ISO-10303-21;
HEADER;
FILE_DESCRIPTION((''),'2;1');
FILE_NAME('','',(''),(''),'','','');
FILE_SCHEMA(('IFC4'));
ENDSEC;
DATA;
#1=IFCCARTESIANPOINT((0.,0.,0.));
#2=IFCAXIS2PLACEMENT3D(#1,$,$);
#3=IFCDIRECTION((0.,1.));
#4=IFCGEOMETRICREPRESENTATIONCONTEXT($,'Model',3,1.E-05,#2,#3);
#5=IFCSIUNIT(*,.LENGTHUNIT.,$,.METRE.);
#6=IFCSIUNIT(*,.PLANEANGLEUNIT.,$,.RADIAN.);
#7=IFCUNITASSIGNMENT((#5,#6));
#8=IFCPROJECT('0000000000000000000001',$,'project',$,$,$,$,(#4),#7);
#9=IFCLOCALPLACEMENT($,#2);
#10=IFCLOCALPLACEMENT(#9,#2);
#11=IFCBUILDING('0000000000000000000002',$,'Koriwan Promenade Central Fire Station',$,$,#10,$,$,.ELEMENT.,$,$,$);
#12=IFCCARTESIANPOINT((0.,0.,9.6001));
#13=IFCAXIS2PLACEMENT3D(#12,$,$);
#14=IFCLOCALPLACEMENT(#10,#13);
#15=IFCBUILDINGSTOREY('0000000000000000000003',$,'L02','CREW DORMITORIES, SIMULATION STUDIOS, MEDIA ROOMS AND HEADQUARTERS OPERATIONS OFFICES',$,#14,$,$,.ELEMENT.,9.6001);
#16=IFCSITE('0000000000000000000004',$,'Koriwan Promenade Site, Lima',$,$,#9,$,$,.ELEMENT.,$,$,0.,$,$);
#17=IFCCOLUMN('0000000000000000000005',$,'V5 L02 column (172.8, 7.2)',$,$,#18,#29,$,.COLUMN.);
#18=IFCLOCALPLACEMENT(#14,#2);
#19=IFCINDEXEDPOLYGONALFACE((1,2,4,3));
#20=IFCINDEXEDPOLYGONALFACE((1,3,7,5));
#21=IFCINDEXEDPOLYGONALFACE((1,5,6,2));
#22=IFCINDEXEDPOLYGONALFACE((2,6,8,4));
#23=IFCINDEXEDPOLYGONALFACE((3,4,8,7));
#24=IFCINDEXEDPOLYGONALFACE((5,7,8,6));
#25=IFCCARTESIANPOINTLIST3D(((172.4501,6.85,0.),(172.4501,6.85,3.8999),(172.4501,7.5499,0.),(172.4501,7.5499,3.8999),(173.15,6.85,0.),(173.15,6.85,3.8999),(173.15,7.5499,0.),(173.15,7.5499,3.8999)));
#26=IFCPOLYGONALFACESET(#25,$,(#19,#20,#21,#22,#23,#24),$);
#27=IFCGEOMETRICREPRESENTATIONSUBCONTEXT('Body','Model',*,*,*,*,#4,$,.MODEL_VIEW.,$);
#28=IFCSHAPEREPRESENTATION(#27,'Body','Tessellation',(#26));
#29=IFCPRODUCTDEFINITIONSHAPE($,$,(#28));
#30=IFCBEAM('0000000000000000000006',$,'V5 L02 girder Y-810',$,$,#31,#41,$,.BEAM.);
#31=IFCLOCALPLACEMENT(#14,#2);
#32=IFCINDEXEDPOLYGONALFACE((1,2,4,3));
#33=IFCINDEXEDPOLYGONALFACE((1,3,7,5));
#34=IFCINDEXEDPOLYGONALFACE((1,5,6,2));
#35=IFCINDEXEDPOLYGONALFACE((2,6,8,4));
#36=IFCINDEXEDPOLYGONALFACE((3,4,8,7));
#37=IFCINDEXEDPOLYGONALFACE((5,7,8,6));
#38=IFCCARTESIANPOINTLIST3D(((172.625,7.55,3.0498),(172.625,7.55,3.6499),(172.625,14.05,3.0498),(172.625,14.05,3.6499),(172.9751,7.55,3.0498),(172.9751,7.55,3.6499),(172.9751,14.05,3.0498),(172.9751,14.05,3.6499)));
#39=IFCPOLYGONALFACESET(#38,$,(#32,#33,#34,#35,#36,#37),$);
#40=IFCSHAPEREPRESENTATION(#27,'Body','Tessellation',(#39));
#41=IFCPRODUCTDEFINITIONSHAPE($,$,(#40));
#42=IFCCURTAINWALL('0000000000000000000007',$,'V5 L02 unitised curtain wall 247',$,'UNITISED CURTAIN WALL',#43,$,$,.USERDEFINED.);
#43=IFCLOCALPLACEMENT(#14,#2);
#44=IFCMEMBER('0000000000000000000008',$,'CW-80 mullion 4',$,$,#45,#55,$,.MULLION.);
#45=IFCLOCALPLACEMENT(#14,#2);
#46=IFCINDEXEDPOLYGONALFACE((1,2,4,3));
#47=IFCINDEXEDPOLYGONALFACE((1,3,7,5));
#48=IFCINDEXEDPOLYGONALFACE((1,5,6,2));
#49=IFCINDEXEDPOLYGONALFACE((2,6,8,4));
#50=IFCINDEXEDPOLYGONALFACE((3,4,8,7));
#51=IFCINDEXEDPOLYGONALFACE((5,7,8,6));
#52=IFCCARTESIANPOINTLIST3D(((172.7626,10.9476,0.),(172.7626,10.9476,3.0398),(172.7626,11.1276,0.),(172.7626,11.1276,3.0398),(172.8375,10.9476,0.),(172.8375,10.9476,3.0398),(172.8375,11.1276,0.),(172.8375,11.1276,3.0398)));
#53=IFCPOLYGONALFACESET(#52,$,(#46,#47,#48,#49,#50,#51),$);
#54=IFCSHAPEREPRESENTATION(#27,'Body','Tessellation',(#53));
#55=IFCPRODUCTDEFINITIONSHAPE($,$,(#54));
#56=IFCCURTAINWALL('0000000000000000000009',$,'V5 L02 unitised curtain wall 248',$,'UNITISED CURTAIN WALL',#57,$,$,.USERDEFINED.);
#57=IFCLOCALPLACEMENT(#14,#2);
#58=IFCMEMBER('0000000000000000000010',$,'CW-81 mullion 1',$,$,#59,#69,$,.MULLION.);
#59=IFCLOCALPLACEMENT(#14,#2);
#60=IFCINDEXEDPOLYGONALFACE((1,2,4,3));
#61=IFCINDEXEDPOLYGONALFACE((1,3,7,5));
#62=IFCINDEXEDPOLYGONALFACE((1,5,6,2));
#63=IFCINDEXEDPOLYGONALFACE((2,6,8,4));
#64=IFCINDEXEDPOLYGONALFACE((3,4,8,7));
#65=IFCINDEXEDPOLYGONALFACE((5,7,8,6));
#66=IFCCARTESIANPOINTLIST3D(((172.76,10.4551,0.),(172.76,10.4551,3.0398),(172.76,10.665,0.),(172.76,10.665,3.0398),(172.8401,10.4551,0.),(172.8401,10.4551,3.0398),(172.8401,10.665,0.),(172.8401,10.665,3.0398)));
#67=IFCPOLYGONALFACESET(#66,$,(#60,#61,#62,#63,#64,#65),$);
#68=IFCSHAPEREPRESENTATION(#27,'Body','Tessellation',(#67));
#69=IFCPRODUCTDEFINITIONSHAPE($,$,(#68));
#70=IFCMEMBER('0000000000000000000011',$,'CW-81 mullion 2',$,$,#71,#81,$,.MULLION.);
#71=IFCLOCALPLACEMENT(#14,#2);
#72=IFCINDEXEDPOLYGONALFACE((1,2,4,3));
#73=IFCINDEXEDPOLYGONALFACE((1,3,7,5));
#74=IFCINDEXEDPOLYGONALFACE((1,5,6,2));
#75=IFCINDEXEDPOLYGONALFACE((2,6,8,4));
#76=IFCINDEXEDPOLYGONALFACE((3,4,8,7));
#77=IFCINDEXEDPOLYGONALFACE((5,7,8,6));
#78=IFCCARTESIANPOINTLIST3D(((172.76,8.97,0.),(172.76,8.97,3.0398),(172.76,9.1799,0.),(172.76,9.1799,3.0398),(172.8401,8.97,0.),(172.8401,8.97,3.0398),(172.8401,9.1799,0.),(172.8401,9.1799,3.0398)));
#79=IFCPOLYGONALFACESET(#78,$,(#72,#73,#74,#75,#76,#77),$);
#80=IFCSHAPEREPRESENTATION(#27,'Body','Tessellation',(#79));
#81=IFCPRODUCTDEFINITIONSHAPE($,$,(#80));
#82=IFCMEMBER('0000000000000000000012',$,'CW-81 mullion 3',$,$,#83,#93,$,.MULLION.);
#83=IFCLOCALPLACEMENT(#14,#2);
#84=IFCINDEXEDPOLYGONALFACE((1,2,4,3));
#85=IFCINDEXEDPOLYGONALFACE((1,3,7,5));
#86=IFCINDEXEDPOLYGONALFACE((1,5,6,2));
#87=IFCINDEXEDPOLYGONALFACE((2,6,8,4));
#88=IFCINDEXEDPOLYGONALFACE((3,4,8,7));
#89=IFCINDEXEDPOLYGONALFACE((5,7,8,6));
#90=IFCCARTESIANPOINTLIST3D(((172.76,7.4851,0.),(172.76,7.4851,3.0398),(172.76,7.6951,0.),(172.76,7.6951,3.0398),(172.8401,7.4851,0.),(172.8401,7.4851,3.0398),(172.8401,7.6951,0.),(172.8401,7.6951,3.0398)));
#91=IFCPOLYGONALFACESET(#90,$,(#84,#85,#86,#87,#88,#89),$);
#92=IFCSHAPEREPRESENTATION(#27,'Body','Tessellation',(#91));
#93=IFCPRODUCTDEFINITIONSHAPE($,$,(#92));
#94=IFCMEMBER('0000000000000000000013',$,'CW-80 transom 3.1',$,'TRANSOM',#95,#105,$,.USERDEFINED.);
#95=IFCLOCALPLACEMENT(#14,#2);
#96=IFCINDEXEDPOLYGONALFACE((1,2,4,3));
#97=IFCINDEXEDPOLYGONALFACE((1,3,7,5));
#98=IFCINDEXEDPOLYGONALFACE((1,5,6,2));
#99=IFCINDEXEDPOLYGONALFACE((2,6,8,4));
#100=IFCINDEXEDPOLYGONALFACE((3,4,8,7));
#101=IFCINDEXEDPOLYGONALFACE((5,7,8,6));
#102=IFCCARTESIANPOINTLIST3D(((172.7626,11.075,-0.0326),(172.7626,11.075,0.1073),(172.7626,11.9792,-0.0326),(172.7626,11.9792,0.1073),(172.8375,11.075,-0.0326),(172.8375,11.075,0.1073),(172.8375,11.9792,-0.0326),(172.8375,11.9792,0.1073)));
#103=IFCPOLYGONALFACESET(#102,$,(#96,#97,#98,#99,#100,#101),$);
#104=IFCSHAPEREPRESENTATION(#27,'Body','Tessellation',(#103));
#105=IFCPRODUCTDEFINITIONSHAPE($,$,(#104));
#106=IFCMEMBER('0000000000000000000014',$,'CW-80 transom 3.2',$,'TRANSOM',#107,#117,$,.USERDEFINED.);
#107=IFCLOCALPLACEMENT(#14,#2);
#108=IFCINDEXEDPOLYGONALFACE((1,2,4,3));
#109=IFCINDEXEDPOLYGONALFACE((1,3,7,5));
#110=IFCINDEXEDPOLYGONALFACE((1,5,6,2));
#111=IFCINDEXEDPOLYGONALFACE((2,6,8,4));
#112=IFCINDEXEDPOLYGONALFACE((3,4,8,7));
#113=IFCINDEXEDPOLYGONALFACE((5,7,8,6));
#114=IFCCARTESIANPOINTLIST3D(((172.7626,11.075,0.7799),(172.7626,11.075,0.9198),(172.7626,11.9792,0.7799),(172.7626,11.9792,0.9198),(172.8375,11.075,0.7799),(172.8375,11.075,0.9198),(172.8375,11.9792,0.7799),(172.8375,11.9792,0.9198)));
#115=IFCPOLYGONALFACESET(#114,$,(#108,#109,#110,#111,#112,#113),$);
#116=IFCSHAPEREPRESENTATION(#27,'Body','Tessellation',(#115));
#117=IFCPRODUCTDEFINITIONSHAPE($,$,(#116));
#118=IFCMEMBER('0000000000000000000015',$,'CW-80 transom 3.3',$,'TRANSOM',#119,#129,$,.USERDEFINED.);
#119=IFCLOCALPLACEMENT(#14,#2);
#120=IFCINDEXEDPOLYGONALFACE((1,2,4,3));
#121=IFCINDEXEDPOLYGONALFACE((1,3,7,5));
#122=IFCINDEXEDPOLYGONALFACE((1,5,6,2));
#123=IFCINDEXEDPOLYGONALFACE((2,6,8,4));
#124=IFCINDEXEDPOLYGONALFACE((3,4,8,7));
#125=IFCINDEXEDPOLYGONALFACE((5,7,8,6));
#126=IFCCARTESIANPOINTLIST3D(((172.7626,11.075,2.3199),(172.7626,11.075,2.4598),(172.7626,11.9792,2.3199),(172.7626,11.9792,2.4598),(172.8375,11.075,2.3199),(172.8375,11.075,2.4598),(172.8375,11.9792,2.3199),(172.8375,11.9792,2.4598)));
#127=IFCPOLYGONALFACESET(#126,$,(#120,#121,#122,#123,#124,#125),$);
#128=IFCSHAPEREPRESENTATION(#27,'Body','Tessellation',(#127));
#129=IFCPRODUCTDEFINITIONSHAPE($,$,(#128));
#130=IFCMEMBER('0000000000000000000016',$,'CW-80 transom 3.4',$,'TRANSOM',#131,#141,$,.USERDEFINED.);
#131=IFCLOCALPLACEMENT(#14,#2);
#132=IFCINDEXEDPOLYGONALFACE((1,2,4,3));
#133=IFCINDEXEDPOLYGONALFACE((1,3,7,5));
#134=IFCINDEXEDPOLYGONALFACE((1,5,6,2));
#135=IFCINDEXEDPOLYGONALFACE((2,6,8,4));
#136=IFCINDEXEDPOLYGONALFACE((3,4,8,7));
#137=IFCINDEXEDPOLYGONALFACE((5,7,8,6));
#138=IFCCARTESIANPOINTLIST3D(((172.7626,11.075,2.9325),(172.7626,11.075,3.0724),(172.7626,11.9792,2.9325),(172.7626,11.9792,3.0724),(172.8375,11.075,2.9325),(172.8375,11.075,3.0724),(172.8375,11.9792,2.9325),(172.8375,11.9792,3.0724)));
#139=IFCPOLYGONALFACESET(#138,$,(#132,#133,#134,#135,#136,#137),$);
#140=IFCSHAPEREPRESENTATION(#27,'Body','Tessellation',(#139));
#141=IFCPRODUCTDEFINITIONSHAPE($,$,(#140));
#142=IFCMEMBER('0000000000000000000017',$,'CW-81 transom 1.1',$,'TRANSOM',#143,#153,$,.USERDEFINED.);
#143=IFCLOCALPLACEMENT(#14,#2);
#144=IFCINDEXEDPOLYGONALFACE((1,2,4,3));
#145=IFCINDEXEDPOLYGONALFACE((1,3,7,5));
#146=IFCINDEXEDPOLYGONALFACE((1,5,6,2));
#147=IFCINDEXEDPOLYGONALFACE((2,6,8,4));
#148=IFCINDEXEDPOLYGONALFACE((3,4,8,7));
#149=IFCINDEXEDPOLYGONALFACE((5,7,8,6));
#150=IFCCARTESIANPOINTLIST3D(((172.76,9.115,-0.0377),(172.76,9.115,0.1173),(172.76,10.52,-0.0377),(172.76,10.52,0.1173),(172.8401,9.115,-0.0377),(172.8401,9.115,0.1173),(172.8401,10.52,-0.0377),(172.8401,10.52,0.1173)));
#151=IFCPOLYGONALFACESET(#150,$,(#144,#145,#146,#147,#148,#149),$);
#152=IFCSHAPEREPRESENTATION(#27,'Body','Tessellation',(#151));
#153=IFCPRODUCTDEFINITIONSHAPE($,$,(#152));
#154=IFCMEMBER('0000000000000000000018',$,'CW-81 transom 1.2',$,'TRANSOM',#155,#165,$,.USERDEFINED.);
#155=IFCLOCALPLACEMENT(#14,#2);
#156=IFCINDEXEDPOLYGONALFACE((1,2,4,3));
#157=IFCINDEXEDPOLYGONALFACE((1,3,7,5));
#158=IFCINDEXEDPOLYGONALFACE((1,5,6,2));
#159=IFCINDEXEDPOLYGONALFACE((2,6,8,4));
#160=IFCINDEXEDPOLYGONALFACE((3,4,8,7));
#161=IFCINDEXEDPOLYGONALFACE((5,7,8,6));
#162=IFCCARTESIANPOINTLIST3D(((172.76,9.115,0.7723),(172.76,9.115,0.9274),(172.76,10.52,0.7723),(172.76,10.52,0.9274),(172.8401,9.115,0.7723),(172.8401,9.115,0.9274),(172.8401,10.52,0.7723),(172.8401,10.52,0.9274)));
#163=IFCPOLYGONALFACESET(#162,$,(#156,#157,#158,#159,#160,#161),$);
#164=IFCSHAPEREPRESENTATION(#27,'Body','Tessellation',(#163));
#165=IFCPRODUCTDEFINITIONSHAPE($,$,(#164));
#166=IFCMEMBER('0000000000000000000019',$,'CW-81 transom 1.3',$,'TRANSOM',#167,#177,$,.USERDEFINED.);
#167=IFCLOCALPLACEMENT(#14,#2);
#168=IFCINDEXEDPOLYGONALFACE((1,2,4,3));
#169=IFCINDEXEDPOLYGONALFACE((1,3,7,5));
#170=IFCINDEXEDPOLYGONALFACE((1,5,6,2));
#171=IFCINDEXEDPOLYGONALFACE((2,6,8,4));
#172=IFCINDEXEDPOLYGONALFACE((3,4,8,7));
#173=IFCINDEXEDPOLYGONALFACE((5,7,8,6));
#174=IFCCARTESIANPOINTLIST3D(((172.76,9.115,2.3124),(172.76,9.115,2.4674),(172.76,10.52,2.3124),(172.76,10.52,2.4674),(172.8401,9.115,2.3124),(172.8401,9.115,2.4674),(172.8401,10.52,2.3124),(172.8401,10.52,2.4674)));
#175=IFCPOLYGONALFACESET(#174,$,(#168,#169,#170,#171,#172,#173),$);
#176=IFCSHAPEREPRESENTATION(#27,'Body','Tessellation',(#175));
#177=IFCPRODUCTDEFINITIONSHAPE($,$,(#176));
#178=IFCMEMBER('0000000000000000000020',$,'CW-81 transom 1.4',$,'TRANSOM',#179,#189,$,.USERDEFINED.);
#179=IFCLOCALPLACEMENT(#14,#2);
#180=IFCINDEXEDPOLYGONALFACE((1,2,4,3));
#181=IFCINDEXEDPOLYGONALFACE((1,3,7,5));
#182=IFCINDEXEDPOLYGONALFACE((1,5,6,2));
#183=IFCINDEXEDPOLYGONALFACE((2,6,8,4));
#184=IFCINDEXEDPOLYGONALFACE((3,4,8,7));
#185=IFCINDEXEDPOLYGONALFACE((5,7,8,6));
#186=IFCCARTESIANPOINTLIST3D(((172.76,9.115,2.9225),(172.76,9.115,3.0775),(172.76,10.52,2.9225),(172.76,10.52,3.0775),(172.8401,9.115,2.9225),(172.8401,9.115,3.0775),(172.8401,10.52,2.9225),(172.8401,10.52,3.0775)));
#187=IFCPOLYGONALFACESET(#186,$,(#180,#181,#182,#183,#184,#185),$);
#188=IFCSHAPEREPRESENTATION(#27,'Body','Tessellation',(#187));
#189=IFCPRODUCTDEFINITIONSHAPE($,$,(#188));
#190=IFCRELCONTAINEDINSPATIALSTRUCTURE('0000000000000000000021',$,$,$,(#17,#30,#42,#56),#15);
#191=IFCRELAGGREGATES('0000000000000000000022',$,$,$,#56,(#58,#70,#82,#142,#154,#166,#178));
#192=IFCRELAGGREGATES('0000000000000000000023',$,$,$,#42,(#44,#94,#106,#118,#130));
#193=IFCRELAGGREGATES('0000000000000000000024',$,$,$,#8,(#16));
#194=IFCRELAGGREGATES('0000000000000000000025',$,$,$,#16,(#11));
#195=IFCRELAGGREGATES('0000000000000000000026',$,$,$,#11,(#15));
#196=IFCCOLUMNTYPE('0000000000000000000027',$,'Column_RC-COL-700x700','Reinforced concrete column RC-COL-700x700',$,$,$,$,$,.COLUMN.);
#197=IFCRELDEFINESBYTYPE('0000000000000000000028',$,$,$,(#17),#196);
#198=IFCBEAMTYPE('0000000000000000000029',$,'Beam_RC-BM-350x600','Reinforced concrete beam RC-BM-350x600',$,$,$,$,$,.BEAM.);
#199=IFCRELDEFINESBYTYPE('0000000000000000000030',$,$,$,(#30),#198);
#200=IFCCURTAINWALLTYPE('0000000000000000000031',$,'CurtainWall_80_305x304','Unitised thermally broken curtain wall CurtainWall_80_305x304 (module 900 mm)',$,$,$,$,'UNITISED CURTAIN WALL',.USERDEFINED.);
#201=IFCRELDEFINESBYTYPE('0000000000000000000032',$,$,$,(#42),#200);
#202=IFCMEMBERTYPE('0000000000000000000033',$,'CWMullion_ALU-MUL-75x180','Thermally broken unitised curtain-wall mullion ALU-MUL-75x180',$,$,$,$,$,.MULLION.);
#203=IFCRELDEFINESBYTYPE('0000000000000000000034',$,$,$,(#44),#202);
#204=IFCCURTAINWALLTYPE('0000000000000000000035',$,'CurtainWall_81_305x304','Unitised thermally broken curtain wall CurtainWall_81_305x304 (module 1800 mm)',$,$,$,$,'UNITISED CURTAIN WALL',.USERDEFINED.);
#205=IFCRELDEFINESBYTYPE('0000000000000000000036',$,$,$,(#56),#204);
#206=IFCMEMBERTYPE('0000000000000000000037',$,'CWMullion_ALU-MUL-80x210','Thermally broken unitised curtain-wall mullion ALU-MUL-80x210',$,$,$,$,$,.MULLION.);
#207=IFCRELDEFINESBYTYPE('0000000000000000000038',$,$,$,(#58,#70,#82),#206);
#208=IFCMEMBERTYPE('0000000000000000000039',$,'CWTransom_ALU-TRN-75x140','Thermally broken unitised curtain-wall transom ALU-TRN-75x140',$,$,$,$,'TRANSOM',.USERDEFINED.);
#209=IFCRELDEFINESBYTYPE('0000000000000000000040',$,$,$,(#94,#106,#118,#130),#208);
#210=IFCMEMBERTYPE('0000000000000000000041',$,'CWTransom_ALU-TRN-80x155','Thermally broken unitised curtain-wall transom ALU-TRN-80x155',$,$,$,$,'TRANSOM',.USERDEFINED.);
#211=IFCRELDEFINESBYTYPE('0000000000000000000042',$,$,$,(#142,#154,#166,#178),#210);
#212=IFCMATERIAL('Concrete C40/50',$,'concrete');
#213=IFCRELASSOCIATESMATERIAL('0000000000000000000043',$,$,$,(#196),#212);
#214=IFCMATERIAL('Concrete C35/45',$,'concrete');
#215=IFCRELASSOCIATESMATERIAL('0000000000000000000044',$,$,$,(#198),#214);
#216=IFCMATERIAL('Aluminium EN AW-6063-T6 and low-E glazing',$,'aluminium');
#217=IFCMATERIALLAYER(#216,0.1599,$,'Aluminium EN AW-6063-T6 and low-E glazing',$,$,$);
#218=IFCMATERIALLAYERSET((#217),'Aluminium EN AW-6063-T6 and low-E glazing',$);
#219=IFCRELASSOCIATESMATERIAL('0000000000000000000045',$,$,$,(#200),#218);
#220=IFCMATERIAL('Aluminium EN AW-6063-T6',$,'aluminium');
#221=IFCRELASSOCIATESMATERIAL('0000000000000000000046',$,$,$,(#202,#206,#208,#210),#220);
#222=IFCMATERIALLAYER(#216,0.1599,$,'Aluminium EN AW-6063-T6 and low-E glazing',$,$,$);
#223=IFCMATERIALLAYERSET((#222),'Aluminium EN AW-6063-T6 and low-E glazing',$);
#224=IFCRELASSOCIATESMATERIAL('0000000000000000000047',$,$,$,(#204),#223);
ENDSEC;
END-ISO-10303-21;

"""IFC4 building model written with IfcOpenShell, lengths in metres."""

from ifc_helpers import new_model, si_unit, direction, frame, origin, origin_2d, place, context, subcontext, project, spatial, rectangle, extrude, material, layer, layer_set, material_profile, profile_set, type_object, element, aggregate, save


model = new_model("IFC4")

# Units and contexts
model_context = context("Model", 3, precision=1e-05, world=origin(), true_north=direction((0.0, 1.0)))
body_context = subcontext(model_context, "Body", "Model", "MODEL_VIEW")
ifc_project = project(units=[si_unit("LENGTHUNIT", "METRE"), si_unit("PLANEANGLEUNIT", "RADIAN")], contexts=[model_context])

# Site, building, storey
site_placement = place(None, origin())
site = spatial("IfcSite", under=ifc_project, at=site_placement, Name="Koriwan Promenade Site, Lima", CompositionType="ELEMENT", RefElevation=0.0)
building_placement = place(site_placement, origin())
building = spatial("IfcBuilding", under=site, at=building_placement, Name="Koriwan Promenade Central Fire Station", CompositionType="ELEMENT")
storey_placement = place(building_placement, frame((0.0, 0.0, 9.6001)))
storey = spatial("IfcBuildingStorey", under=building, at=storey_placement, Name="L02", Description="CREW DORMITORIES, SIMULATION STUDIOS, MEDIA ROOMS AND HEADQUARTERS OPERATIONS OFFICES", CompositionType="ELEMENT", Elevation=9.6001)

# Column
ifc_material_1 = material(Name="Concrete C40/50", Category="concrete")
ifc_material_profile_1 = material_profile(ifc_material_1, rectangle(XDim=0.7, YDim=0.7, at=origin_2d()), Name="RC-COL-700x700")
ifc_profile_set_1 = profile_set([ifc_material_profile_1], Name="Concrete C40/50")
column_type = type_object("IfcColumnType", Name="Column_RC-COL-700x700", Description="Reinforced concrete column RC-COL-700x700", PredefinedType="COLUMN", material=ifc_profile_set_1)
column_placement = place(storey_placement, frame((172.8, 7.2, 0.0), z_axis=(0.0, 0.0, 1.0), x_axis=(1.0, 0.0, 0.0)))
element("IfcColumn", 1, at=column_placement, inside=storey, type_object=column_type, Name="V5 L02 column (172.8, 7.2)", PredefinedType="COLUMN", context=body_context, shape_type="SweptSolid", body=[
    extrude(rectangle(XDim=0.7, YDim=0.7, at=origin_2d()), origin(), (0.0, 0.0, 1.0), 3.8999),
])

# Beam
ifc_material_2 = material(Name="Concrete C35/45", Category="concrete")
ifc_material_profile_2 = material_profile(ifc_material_2, rectangle(XDim=0.3501, YDim=0.6001, at=origin_2d()), Name="RC-BM-350x600")
ifc_profile_set_2 = profile_set([ifc_material_profile_2], Name="Concrete C35/45")
beam_type = type_object("IfcBeamType", Name="Beam_RC-BM-350x600", Description="Reinforced concrete beam RC-BM-350x600", PredefinedType="BEAM", material=ifc_profile_set_2)
beam_placement = place(storey_placement, frame((172.8, 7.55, 3.3499), z_axis=(0.0, 1.0, 0.0), x_axis=(-1.0, 0.0, 0.0)))
element("IfcBeam", 2, at=beam_placement, inside=storey, type_object=beam_type, Name="V5 L02 girder Y-810", PredefinedType="BEAM", context=body_context, shape_type="SweptSolid", body=[
    extrude(rectangle(XDim=0.3501, YDim=0.6001, at=origin_2d()), origin(), (0.0, 0.0, 1.0), 6.5),
])

# Curtain wall, member
ifc_material_3 = material(Name="Aluminium EN AW-6063-T6 and low-E glazing", Category="aluminium")
ifc_layer_1 = layer(ifc_material_3, 0.1599, Name="Aluminium EN AW-6063-T6 and low-E glazing")
ifc_layer_set_1 = layer_set([ifc_layer_1], Name="Aluminium EN AW-6063-T6 and low-E glazing")
curtain_wall_type_1 = type_object("IfcCurtainWallType", Name="CurtainWall_80_305x304", Description="Unitised thermally broken curtain wall CurtainWall_80_305x304 (module 900 mm)", ElementType="UNITISED CURTAIN WALL", PredefinedType="USERDEFINED", material=ifc_layer_set_1)
curtain_wall_1_placement = place(storey_placement, origin())
curtain_wall_1 = element("IfcCurtainWall", 3, at=curtain_wall_1_placement, inside=storey, type_object=curtain_wall_type_1, Name="V5 L02 unitised curtain wall 247", ObjectType="UNITISED CURTAIN WALL", PredefinedType="USERDEFINED")
ifc_material_4 = material(Name="Aluminium EN AW-6063-T6", Category="aluminium")
ifc_material_profile_3 = material_profile(ifc_material_4, rectangle(XDim=0.075, YDim=0.1799, at=origin_2d()), Name="ALU-MUL-75x180")
ifc_profile_set_3 = profile_set([ifc_material_profile_3], Name="Aluminium EN AW-6063-T6")
member_type_1 = type_object("IfcMemberType", Name="CWMullion_ALU-MUL-75x180", Description="Thermally broken unitised curtain-wall mullion ALU-MUL-75x180", PredefinedType="MULLION", material=ifc_profile_set_3)
member_1_placement = place(storey_placement, frame((172.8, 11.0376, 0.0), z_axis=(0.0, 0.0, 1.0), x_axis=(1.0, 0.0, 0.0)))
member_1 = element("IfcMember", 4, at=member_1_placement, type_object=member_type_1, Name="CW-80 mullion 4", PredefinedType="MULLION", context=body_context, shape_type="SweptSolid", body=[
    extrude(rectangle(XDim=0.075, YDim=0.1799, at=origin_2d()), origin(), (0.0, 0.0, 1.0), 3.0398),
])

# Curtain wall, members
ifc_layer_2 = layer(ifc_material_3, 0.1599, Name="Aluminium EN AW-6063-T6 and low-E glazing")
ifc_layer_set_2 = layer_set([ifc_layer_2], Name="Aluminium EN AW-6063-T6 and low-E glazing")
curtain_wall_type_2 = type_object("IfcCurtainWallType", Name="CurtainWall_81_305x304", Description="Unitised thermally broken curtain wall CurtainWall_81_305x304 (module 1800 mm)", ElementType="UNITISED CURTAIN WALL", PredefinedType="USERDEFINED", material=ifc_layer_set_2)
curtain_wall_2_placement = place(storey_placement, origin())
curtain_wall_2 = element("IfcCurtainWall", 5, at=curtain_wall_2_placement, inside=storey, type_object=curtain_wall_type_2, Name="V5 L02 unitised curtain wall 248", ObjectType="UNITISED CURTAIN WALL", PredefinedType="USERDEFINED")
ifc_material_profile_4 = material_profile(ifc_material_4, rectangle(XDim=0.0801, YDim=0.21, at=origin_2d()), Name="ALU-MUL-80x210")
ifc_profile_set_4 = profile_set([ifc_material_profile_4], Name="Aluminium EN AW-6063-T6")
member_type_2 = type_object("IfcMemberType", Name="CWMullion_ALU-MUL-80x210", Description="Thermally broken unitised curtain-wall mullion ALU-MUL-80x210", PredefinedType="MULLION", material=ifc_profile_set_4)
member_2_placement = place(storey_placement, frame((172.8, 10.5601, 0.0), z_axis=(0.0, 0.0, 1.0), x_axis=(1.0, 0.0, 0.0)))
member_2 = element("IfcMember", 6, at=member_2_placement, type_object=member_type_2, Name="CW-81 mullion 1", PredefinedType="MULLION", context=body_context, shape_type="SweptSolid", body=[
    extrude(rectangle(XDim=0.0801, YDim=0.21, at=origin_2d()), origin(), (0.0, 0.0, 1.0), 3.0398),
])
member_3_placement = place(storey_placement, frame((172.8, 9.075, 0.0), z_axis=(0.0, 0.0, 1.0), x_axis=(1.0, 0.0, 0.0)))
member_3 = element("IfcMember", 7, at=member_3_placement, type_object=member_type_2, Name="CW-81 mullion 2", PredefinedType="MULLION", context=body_context, shape_type="SweptSolid", body=[
    extrude(rectangle(XDim=0.0801, YDim=0.21, at=origin_2d()), origin(), (0.0, 0.0, 1.0), 3.0398),
])
member_4_placement = place(storey_placement, frame((172.8, 7.5901, 0.0), z_axis=(0.0, 0.0, 1.0), x_axis=(1.0, 0.0, 0.0)))
member_4 = element("IfcMember", 8, at=member_4_placement, type_object=member_type_2, Name="CW-81 mullion 3", PredefinedType="MULLION", context=body_context, shape_type="SweptSolid", body=[
    extrude(rectangle(XDim=0.0801, YDim=0.21, at=origin_2d()), origin(), (0.0, 0.0, 1.0), 3.0398),
])

# Members
ifc_material_profile_5 = material_profile(ifc_material_4, rectangle(XDim=0.075, YDim=0.1399, at=origin_2d()), Name="ALU-TRN-75x140")
ifc_profile_set_5 = profile_set([ifc_material_profile_5], Name="Aluminium EN AW-6063-T6")
member_type_3 = type_object("IfcMemberType", Name="CWTransom_ALU-TRN-75x140", Description="Thermally broken unitised curtain-wall transom ALU-TRN-75x140", ElementType="TRANSOM", PredefinedType="USERDEFINED", material=ifc_profile_set_5)
member_5_placement = place(storey_placement, frame((172.8, 11.9792, 0.0374), z_axis=(0.0, -1.0, 0.0), x_axis=(1.0, 0.0, 0.0)))
member_5 = element("IfcMember", 9, at=member_5_placement, type_object=member_type_3, Name="CW-80 transom 3.1", ObjectType="TRANSOM", PredefinedType="USERDEFINED", context=body_context, shape_type="SweptSolid", body=[
    extrude(rectangle(XDim=0.075, YDim=0.1399, at=origin_2d()), origin(), (0.0, 0.0, 1.0), 0.9043),
])
member_6_placement = place(storey_placement, frame((172.8, 11.9792, 0.8499), z_axis=(0.0, -1.0, 0.0), x_axis=(1.0, 0.0, 0.0)))
member_6 = element("IfcMember", 10, at=member_6_placement, type_object=member_type_3, Name="CW-80 transom 3.2", ObjectType="TRANSOM", PredefinedType="USERDEFINED", context=body_context, shape_type="SweptSolid", body=[
    extrude(rectangle(XDim=0.075, YDim=0.1399, at=origin_2d()), origin(), (0.0, 0.0, 1.0), 0.9043),
])
member_7_placement = place(storey_placement, frame((172.8, 11.9792, 2.3899), z_axis=(0.0, -1.0, 0.0), x_axis=(1.0, 0.0, 0.0)))
member_7 = element("IfcMember", 11, at=member_7_placement, type_object=member_type_3, Name="CW-80 transom 3.3", ObjectType="TRANSOM", PredefinedType="USERDEFINED", context=body_context, shape_type="SweptSolid", body=[
    extrude(rectangle(XDim=0.075, YDim=0.1399, at=origin_2d()), origin(), (0.0, 0.0, 1.0), 0.9043),
])
member_8_placement = place(storey_placement, frame((172.8, 11.9792, 3.0024), z_axis=(0.0, -1.0, 0.0), x_axis=(1.0, 0.0, 0.0)))
member_8 = element("IfcMember", 12, at=member_8_placement, type_object=member_type_3, Name="CW-80 transom 3.4", ObjectType="TRANSOM", PredefinedType="USERDEFINED", context=body_context, shape_type="SweptSolid", body=[
    extrude(rectangle(XDim=0.075, YDim=0.1399, at=origin_2d()), origin(), (0.0, 0.0, 1.0), 0.9043),
])
ifc_material_profile_6 = material_profile(ifc_material_4, rectangle(XDim=0.0801, YDim=0.155, at=origin_2d()), Name="ALU-TRN-80x155")
ifc_profile_set_6 = profile_set([ifc_material_profile_6], Name="Aluminium EN AW-6063-T6")
member_type_4 = type_object("IfcMemberType", Name="CWTransom_ALU-TRN-80x155", Description="Thermally broken unitised curtain-wall transom ALU-TRN-80x155", ElementType="TRANSOM", PredefinedType="USERDEFINED", material=ifc_profile_set_6)
member_9_placement = place(storey_placement, frame((172.8, 10.52, 0.0398), z_axis=(0.0, -1.0, 0.0), x_axis=(1.0, 0.0, 0.0)))
member_9 = element("IfcMember", 13, at=member_9_placement, type_object=member_type_4, Name="CW-81 transom 1.1", ObjectType="TRANSOM", PredefinedType="USERDEFINED", context=body_context, shape_type="SweptSolid", body=[
    extrude(rectangle(XDim=0.0801, YDim=0.155, at=origin_2d()), origin(), (0.0, 0.0, 1.0), 1.405),
])
member_10_placement = place(storey_placement, frame((172.8, 10.52, 0.8499), z_axis=(0.0, -1.0, 0.0), x_axis=(1.0, 0.0, 0.0)))
member_10 = element("IfcMember", 14, at=member_10_placement, type_object=member_type_4, Name="CW-81 transom 1.2", ObjectType="TRANSOM", PredefinedType="USERDEFINED", context=body_context, shape_type="SweptSolid", body=[
    extrude(rectangle(XDim=0.0801, YDim=0.155, at=origin_2d()), origin(), (0.0, 0.0, 1.0), 1.405),
])
member_11_placement = place(storey_placement, frame((172.8, 10.52, 2.3899), z_axis=(0.0, -1.0, 0.0), x_axis=(1.0, 0.0, 0.0)))
member_11 = element("IfcMember", 15, at=member_11_placement, type_object=member_type_4, Name="CW-81 transom 1.3", ObjectType="TRANSOM", PredefinedType="USERDEFINED", context=body_context, shape_type="SweptSolid", body=[
    extrude(rectangle(XDim=0.0801, YDim=0.155, at=origin_2d()), origin(), (0.0, 0.0, 1.0), 1.405),
])
member_12_placement = place(storey_placement, frame((172.8, 10.52, 3.0), z_axis=(0.0, -1.0, 0.0), x_axis=(1.0, 0.0, 0.0)))
member_12 = element("IfcMember", 16, at=member_12_placement, type_object=member_type_4, Name="CW-81 transom 1.4", ObjectType="TRANSOM", PredefinedType="USERDEFINED", context=body_context, shape_type="SweptSolid", body=[
    extrude(rectangle(XDim=0.0801, YDim=0.155, at=origin_2d()), origin(), (0.0, 0.0, 1.0), 1.405),
])

aggregate(curtain_wall_2, [member_2, member_3, member_4, member_9, member_10, member_11, member_12])
aggregate(curtain_wall_1, [member_1, member_5, member_6, member_7, member_8])

save(model, "model.ifc")
